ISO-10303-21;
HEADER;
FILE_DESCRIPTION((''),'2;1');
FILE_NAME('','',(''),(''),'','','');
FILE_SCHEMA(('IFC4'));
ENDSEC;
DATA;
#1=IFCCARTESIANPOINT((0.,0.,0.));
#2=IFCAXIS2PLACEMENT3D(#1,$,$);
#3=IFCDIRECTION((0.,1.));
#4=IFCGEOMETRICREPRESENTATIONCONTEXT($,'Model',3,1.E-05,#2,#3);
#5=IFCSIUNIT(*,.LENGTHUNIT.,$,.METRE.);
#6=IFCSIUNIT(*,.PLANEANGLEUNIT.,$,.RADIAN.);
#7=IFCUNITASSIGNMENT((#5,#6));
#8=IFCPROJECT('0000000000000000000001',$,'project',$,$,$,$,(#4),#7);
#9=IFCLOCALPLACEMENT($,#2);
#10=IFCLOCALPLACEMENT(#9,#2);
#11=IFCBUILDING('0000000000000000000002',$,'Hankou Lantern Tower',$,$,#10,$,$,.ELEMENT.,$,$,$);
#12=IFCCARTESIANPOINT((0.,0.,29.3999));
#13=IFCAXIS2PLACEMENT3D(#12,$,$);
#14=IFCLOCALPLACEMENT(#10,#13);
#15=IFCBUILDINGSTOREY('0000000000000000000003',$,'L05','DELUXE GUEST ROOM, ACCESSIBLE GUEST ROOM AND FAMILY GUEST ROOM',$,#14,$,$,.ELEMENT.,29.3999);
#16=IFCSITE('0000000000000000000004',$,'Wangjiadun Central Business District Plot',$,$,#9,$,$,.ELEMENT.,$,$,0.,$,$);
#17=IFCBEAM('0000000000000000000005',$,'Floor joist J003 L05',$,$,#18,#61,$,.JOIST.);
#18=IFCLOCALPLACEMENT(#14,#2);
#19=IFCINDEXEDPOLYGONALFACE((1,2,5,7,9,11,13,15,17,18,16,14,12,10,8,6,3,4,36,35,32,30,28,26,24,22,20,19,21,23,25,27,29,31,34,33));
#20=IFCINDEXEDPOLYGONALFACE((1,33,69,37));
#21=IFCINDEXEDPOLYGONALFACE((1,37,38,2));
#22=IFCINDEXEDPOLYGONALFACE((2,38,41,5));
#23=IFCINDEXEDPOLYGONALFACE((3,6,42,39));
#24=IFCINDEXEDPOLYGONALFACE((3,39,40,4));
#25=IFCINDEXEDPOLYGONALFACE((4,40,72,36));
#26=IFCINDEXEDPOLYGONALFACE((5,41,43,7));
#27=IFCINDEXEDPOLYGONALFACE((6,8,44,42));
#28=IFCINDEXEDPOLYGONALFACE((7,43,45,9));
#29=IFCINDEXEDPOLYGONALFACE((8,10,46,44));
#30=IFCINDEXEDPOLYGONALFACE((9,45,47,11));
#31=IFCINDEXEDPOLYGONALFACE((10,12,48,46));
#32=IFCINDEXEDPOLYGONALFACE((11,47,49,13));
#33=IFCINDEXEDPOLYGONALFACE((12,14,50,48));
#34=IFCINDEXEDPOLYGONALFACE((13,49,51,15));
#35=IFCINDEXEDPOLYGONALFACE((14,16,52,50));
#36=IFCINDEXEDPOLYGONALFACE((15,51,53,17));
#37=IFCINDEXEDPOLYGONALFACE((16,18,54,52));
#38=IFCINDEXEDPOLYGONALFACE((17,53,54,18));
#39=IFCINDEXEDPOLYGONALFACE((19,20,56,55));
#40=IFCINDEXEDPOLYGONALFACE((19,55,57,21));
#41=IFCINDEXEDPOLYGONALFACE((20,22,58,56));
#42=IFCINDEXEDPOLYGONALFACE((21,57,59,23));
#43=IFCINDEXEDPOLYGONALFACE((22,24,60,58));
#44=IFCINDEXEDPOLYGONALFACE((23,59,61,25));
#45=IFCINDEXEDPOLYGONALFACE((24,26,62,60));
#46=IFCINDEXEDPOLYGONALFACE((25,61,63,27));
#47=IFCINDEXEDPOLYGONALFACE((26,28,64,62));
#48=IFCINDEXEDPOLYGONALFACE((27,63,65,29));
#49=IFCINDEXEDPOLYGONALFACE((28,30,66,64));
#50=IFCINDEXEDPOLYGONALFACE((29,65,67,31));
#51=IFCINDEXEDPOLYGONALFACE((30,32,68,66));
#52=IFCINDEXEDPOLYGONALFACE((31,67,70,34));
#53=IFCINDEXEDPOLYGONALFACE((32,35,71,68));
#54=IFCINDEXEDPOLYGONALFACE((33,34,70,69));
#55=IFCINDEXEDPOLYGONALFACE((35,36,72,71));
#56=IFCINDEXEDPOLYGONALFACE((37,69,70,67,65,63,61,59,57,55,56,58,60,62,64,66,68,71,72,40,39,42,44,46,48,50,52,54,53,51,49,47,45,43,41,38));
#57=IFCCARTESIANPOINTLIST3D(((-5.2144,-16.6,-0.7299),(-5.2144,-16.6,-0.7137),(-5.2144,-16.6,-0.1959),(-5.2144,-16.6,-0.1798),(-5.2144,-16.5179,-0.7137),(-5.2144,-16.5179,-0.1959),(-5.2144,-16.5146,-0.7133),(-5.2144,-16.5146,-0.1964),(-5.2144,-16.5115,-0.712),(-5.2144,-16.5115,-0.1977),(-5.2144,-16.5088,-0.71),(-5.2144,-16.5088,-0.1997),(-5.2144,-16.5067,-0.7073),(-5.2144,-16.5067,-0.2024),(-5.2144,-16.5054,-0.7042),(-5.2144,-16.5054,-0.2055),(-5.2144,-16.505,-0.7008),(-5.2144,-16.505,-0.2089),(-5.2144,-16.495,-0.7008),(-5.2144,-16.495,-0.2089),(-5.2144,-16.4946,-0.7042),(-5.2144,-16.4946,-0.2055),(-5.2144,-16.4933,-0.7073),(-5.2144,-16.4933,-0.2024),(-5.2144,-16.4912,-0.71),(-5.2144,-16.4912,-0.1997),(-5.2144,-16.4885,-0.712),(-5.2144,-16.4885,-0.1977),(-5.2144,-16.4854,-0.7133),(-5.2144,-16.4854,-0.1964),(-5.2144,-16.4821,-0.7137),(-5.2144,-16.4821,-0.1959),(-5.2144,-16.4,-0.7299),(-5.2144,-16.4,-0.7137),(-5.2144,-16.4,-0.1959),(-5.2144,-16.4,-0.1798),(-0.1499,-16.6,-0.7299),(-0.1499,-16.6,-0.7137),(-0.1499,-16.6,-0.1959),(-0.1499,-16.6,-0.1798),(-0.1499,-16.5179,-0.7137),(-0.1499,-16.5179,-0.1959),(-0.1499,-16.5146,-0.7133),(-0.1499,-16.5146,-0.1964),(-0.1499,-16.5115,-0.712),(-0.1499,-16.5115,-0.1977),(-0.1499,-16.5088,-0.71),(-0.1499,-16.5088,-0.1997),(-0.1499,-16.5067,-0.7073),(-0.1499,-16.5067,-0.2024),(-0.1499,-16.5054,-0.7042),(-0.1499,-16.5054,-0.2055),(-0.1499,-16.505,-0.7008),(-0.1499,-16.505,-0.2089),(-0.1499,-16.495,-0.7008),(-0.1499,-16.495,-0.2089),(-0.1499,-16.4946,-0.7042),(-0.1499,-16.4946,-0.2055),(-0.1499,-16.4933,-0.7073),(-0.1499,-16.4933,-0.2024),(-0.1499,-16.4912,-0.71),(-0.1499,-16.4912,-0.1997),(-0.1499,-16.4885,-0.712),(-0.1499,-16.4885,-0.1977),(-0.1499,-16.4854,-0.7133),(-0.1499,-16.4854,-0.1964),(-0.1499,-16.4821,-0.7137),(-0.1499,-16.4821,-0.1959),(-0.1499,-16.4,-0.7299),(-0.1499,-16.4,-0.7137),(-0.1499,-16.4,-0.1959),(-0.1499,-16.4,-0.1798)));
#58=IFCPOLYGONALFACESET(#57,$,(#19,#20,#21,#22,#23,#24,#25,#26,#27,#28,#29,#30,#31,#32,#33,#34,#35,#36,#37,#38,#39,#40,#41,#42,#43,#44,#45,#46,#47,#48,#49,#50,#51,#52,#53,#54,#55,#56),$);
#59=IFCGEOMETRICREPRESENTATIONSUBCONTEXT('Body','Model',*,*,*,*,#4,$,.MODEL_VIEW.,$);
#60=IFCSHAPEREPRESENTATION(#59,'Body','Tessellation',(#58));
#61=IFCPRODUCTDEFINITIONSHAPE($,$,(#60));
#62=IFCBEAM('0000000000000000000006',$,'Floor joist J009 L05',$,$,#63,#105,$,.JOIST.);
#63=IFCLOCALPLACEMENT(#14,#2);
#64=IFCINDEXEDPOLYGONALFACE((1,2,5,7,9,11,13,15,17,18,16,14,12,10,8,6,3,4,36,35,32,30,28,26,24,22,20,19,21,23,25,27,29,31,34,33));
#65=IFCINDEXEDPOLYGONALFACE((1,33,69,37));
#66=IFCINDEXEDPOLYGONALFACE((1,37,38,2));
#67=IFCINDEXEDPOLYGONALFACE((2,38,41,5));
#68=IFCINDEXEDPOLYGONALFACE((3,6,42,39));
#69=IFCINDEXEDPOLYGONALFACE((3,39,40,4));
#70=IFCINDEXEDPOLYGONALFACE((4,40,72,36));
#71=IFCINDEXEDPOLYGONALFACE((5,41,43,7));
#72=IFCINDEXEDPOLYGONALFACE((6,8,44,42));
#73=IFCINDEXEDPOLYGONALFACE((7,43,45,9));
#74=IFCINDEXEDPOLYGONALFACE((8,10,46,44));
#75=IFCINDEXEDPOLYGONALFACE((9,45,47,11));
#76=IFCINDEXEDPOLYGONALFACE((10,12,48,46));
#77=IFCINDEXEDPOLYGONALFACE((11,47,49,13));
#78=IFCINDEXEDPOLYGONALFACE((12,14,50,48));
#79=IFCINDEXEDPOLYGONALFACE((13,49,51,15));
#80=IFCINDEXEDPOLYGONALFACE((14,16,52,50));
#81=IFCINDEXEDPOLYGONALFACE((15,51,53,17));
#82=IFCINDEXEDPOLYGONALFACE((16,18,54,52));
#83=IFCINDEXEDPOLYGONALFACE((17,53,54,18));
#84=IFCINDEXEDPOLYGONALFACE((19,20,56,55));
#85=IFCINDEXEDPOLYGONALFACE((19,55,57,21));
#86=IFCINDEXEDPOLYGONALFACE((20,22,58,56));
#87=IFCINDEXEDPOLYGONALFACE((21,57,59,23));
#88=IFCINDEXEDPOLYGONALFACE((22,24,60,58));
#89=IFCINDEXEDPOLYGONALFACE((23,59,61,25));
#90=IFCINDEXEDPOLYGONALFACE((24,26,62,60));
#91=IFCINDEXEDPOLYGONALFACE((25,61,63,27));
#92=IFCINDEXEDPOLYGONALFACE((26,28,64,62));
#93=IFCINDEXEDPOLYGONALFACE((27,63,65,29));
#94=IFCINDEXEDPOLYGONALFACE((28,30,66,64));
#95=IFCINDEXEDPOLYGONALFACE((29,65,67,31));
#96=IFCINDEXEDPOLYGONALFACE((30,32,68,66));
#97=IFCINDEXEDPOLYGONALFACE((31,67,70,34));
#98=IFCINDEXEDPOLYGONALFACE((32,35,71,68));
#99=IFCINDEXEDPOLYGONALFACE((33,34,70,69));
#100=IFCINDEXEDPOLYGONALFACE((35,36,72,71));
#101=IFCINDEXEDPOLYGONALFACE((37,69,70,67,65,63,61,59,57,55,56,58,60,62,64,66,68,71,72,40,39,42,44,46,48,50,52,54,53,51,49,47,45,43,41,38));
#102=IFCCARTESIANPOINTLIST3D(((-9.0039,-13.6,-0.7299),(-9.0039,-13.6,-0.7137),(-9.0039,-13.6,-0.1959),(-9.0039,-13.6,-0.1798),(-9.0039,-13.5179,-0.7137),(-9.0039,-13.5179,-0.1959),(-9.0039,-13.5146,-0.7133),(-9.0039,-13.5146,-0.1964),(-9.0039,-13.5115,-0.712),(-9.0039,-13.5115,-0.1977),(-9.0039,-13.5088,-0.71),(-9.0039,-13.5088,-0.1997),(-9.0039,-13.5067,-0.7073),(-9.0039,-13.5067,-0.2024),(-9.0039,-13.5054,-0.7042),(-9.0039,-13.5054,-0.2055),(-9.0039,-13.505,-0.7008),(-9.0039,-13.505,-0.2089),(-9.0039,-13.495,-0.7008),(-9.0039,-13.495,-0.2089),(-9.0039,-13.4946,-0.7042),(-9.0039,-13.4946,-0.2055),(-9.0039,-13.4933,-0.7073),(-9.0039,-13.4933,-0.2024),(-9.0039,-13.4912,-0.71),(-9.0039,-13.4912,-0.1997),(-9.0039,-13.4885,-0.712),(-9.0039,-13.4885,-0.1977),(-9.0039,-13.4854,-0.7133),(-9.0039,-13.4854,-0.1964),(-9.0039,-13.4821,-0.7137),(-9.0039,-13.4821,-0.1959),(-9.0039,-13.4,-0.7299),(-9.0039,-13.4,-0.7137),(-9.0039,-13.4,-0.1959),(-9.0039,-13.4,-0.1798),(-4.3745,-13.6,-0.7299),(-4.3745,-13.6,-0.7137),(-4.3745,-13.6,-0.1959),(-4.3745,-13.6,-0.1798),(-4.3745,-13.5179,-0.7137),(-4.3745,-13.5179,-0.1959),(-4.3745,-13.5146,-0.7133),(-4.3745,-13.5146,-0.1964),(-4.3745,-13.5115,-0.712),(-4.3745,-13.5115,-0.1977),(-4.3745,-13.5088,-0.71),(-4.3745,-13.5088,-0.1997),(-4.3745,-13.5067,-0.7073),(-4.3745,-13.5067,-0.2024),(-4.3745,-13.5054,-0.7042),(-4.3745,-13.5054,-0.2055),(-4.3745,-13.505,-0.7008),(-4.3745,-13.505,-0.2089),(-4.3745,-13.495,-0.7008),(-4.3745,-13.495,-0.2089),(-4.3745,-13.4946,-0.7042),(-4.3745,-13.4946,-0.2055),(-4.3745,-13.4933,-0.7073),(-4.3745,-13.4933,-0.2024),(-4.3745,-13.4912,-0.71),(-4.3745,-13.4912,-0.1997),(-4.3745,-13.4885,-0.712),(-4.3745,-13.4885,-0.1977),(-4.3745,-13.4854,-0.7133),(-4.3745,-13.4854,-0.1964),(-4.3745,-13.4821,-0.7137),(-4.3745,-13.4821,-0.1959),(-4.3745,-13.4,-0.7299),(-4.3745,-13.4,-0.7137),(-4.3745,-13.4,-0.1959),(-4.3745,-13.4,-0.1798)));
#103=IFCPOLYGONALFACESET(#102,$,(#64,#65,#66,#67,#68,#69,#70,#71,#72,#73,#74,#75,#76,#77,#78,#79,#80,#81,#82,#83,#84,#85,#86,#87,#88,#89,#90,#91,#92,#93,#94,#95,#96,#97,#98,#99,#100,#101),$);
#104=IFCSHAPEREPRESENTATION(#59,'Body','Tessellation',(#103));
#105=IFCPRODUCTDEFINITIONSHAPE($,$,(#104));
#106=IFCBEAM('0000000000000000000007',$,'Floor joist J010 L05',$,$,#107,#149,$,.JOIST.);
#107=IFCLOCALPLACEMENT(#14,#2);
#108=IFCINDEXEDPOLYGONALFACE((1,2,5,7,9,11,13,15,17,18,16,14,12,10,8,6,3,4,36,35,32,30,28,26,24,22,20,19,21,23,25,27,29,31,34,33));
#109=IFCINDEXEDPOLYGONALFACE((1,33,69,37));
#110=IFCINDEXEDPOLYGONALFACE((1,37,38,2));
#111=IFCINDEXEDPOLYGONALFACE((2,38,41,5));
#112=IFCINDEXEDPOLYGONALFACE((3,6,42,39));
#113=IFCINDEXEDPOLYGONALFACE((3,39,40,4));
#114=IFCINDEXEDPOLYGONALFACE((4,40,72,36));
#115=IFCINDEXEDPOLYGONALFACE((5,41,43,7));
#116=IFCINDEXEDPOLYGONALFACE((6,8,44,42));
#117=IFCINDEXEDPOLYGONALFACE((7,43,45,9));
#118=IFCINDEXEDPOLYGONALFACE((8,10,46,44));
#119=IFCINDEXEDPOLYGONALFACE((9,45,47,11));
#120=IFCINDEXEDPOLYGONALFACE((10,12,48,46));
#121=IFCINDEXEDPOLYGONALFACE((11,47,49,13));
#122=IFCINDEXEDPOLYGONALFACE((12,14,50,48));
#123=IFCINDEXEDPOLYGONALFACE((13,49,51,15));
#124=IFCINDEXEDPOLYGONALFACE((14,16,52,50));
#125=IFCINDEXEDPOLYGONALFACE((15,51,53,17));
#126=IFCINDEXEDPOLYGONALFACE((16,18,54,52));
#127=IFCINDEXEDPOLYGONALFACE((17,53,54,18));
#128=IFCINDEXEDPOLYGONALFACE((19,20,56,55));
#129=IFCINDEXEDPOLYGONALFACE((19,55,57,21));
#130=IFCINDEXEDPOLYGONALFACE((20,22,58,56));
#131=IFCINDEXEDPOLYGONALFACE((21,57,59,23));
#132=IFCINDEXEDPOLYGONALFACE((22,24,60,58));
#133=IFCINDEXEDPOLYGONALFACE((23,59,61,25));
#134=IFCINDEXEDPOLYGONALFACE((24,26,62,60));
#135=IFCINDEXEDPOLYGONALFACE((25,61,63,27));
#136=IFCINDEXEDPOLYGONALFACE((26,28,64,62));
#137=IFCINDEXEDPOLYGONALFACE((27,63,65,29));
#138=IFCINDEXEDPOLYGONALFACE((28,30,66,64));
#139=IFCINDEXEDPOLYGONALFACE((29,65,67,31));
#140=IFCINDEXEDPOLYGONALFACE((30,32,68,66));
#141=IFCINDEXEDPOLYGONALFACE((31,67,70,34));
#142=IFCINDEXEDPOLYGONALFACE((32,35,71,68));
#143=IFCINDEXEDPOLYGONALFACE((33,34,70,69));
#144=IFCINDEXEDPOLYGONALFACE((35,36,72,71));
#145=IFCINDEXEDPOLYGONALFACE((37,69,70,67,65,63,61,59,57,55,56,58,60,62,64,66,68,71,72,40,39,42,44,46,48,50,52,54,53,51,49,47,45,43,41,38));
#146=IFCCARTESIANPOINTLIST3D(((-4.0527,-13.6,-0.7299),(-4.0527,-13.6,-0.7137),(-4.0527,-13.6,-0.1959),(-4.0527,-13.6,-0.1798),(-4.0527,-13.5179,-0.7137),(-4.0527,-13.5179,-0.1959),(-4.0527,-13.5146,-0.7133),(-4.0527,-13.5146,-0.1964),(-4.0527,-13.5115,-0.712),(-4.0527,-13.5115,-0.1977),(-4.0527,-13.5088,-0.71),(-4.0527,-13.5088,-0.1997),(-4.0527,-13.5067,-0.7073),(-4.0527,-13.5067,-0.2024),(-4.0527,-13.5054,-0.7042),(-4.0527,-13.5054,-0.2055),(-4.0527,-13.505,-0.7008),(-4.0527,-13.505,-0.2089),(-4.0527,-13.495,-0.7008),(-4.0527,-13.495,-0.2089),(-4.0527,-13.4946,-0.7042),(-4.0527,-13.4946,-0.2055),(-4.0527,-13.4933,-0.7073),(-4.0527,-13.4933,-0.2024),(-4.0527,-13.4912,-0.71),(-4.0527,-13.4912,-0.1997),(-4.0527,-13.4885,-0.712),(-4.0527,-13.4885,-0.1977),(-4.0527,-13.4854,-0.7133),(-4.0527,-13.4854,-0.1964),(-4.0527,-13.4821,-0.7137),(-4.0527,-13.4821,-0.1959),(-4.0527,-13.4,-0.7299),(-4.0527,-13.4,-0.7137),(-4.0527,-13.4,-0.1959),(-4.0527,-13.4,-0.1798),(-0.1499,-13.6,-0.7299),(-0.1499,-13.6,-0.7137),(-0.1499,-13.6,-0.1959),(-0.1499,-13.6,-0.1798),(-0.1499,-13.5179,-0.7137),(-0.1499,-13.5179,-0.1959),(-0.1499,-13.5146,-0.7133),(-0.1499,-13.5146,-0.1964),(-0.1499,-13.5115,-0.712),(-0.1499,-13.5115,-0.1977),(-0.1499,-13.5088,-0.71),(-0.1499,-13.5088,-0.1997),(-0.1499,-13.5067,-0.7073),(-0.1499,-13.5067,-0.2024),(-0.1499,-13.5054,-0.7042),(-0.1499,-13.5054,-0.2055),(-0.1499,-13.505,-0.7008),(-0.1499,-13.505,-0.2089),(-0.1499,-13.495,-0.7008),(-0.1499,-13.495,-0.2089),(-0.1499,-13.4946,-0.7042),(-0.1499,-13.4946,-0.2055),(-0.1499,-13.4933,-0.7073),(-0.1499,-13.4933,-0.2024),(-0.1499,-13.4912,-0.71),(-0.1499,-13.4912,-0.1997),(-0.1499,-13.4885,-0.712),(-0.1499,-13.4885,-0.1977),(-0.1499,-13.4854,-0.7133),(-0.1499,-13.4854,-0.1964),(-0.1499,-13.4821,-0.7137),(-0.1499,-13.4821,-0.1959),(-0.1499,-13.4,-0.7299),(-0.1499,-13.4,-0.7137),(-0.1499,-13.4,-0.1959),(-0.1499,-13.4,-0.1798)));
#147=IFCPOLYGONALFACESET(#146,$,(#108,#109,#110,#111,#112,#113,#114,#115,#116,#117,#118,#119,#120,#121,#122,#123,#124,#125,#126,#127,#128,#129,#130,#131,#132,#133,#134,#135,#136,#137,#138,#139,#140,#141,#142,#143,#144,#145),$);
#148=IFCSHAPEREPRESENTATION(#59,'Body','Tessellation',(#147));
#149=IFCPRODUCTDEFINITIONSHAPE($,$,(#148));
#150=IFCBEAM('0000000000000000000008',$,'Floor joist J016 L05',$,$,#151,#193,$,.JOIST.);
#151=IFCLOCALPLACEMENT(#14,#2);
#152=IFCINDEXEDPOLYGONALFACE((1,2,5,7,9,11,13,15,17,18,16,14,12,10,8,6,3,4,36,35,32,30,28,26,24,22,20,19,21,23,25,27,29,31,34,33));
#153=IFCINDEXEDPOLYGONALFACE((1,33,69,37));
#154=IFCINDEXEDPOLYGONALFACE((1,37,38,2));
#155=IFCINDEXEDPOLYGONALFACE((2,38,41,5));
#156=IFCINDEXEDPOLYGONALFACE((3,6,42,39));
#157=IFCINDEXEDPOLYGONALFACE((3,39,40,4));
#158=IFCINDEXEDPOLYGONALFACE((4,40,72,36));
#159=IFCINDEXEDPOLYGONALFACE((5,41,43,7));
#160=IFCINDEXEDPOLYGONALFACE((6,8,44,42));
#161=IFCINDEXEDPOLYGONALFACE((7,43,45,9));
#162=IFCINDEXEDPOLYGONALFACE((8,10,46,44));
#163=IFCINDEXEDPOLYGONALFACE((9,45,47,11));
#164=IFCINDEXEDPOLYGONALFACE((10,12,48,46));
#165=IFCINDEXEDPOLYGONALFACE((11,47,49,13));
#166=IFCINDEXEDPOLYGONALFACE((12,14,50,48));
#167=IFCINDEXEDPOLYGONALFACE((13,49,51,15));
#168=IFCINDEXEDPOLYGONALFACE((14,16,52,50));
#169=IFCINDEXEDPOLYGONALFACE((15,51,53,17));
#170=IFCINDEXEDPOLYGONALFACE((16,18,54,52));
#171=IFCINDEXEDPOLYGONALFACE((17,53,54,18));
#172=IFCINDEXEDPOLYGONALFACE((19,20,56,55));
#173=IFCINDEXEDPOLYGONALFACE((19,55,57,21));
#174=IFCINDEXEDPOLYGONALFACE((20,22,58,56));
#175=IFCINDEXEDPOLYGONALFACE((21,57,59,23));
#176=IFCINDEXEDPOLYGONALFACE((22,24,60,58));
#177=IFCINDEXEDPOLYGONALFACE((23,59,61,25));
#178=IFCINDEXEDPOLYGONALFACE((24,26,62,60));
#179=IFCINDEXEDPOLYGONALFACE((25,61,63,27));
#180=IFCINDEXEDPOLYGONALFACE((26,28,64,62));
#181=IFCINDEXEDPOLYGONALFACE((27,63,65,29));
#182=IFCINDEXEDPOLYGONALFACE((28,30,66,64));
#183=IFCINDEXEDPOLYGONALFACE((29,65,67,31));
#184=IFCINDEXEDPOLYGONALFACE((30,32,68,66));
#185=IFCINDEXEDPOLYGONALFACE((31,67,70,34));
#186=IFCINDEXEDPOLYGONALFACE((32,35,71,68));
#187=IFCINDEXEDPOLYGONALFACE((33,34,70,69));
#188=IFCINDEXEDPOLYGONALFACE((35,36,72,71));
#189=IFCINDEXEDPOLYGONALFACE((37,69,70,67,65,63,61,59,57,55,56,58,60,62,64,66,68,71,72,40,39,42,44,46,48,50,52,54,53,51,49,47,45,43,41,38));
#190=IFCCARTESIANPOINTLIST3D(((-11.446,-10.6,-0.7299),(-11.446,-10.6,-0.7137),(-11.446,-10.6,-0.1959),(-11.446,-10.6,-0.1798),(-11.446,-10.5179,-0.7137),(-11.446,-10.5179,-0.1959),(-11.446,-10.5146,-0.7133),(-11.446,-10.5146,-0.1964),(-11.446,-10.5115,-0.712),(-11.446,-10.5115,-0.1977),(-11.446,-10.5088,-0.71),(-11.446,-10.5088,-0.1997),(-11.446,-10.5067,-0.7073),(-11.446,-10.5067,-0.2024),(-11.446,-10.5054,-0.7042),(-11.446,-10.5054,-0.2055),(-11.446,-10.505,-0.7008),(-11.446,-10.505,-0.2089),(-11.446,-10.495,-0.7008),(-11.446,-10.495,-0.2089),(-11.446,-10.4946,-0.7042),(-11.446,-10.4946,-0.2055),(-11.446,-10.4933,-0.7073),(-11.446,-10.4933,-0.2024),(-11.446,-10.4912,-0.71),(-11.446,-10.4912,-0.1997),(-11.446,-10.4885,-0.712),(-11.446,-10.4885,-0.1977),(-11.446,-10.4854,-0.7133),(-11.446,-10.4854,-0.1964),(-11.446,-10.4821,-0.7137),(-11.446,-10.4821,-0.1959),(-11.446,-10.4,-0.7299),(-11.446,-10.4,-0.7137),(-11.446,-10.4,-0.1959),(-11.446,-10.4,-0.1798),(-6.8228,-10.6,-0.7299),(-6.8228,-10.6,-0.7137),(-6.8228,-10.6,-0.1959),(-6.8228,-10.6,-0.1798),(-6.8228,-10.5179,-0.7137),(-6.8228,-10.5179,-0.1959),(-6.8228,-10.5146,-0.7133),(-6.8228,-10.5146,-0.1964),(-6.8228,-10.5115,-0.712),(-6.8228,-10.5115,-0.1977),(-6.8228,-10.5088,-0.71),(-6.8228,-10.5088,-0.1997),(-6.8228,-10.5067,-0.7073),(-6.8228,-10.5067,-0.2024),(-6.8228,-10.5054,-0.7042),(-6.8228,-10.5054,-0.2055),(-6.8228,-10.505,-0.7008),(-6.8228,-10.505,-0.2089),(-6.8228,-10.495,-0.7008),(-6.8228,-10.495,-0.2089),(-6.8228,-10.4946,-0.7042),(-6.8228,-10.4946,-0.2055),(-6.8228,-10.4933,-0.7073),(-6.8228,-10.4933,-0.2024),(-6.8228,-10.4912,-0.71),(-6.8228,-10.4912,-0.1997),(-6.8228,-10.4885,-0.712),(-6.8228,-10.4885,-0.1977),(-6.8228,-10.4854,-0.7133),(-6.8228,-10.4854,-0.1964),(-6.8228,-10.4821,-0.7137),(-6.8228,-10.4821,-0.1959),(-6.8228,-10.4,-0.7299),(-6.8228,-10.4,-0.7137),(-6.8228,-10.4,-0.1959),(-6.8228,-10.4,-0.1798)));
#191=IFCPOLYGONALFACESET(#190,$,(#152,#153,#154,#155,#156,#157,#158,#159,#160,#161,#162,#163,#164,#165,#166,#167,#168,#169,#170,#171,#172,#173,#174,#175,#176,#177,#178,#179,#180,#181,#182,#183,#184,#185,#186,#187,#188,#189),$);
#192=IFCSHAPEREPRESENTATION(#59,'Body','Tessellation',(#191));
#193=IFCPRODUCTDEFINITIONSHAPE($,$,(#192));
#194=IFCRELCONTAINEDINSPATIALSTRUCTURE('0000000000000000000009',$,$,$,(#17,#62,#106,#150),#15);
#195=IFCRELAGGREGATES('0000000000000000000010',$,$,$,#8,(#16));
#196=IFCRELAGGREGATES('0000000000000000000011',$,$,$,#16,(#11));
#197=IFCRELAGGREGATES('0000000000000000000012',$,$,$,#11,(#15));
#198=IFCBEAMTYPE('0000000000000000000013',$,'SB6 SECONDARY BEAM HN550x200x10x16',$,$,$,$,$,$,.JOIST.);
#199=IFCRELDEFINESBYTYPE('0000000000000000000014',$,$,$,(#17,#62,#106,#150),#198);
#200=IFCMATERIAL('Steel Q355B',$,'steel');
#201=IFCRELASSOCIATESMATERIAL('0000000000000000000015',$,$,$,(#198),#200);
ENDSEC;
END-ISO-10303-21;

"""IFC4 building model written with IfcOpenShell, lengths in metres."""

from ifc_helpers import new_model, si_unit, direction, frame, origin, origin_2d, place, context, subcontext, project, spatial, i_section, extrude, material, material_profile, profile_set, type_object, element, save


model = new_model("IFC4")

# Units and contexts
model_context = context("Model", 3, precision=1e-05, world=origin(), true_north=direction((0.0, 1.0)))
body_context = subcontext(model_context, "Body", "Model", "MODEL_VIEW")
ifc_project = project(units=[si_unit("LENGTHUNIT", "METRE"), si_unit("PLANEANGLEUNIT", "RADIAN")], contexts=[model_context])

# Site, building, storey
site_placement = place(None, origin())
site = spatial("IfcSite", under=ifc_project, at=site_placement, Name="Wangjiadun Central Business District Plot", CompositionType="ELEMENT", RefElevation=0.0)
building_placement = place(site_placement, origin())
building = spatial("IfcBuilding", under=site, at=building_placement, Name="Hankou Lantern Tower", CompositionType="ELEMENT")
storey_placement = place(building_placement, frame((0.0, 0.0, 29.3999)))
storey = spatial("IfcBuildingStorey", under=building, at=storey_placement, Name="L05", Description="DELUXE GUEST ROOM, ACCESSIBLE GUEST ROOM AND FAMILY GUEST ROOM", CompositionType="ELEMENT", Elevation=29.3999)

# Beams
ifc_material_1 = material(Name="Steel Q355B", Category="steel")
ifc_material_profile_1 = material_profile(ifc_material_1, i_section(OverallWidth=0.2, OverallDepth=0.55, WebThickness=0.01, FlangeThickness=0.0161, FilletRadius=0.0129, at=origin_2d()), Name="HN550x200x10x16")
ifc_profile_set_1 = profile_set([ifc_material_profile_1], Name="Steel Q355B")
beam_type_1 = type_object("IfcBeamType", Name="SB6 SECONDARY BEAM HN550x200x10x16", PredefinedType="JOIST", material=ifc_profile_set_1)
beam_1_placement = place(storey_placement, frame((-5.2144, -16.5, -0.4548), z_axis=(1.0, 0.0, 0.0), x_axis=(0.0, 1.0, 0.0)))
element("IfcBeam", 1, at=beam_1_placement, inside=storey, type_object=beam_type_1, Name="Floor joist J003 L05", PredefinedType="JOIST", context=body_context, shape_type="SweptSolid", body=[
    extrude(i_section(OverallWidth=0.2, OverallDepth=0.55, WebThickness=0.01, FlangeThickness=0.0161, FilletRadius=0.0129, at=origin_2d()), origin(), (0.0, 0.0, 1.0), 5.0645),
])
beam_2_placement = place(storey_placement, frame((-9.0039, -13.5, -0.4548), z_axis=(1.0, 0.0, 0.0), x_axis=(0.0, 1.0, 0.0)))
element("IfcBeam", 2, at=beam_2_placement, inside=storey, type_object=beam_type_1, Name="Floor joist J009 L05", PredefinedType="JOIST", context=body_context, shape_type="SweptSolid", body=[
    extrude(i_section(OverallWidth=0.2, OverallDepth=0.55, WebThickness=0.01, FlangeThickness=0.0161, FilletRadius=0.0129, at=origin_2d()), origin(), (0.0, 0.0, 1.0), 4.6294),
])
beam_3_placement = place(storey_placement, frame((-4.0527, -13.5, -0.4548), z_axis=(1.0, 0.0, 0.0), x_axis=(0.0, 1.0, 0.0)))
element("IfcBeam", 3, at=beam_3_placement, inside=storey, type_object=beam_type_1, Name="Floor joist J010 L05", PredefinedType="JOIST", context=body_context, shape_type="SweptSolid", body=[
    extrude(i_section(OverallWidth=0.2, OverallDepth=0.55, WebThickness=0.01, FlangeThickness=0.0161, FilletRadius=0.0129, at=origin_2d()), origin(), (0.0, 0.0, 1.0), 3.9028),
])
beam_4_placement = place(storey_placement, frame((-11.446, -10.5, -0.4548), z_axis=(1.0, 0.0, 0.0), x_axis=(0.0, 1.0, 0.0)))
element("IfcBeam", 4, at=beam_4_placement, inside=storey, type_object=beam_type_1, Name="Floor joist J016 L05", PredefinedType="JOIST", context=body_context, shape_type="SweptSolid", body=[
    extrude(i_section(OverallWidth=0.2, OverallDepth=0.55, WebThickness=0.01, FlangeThickness=0.0161, FilletRadius=0.0129, at=origin_2d()), origin(), (0.0, 0.0, 1.0), 4.6233),
])

save(model, "model.ifc")
